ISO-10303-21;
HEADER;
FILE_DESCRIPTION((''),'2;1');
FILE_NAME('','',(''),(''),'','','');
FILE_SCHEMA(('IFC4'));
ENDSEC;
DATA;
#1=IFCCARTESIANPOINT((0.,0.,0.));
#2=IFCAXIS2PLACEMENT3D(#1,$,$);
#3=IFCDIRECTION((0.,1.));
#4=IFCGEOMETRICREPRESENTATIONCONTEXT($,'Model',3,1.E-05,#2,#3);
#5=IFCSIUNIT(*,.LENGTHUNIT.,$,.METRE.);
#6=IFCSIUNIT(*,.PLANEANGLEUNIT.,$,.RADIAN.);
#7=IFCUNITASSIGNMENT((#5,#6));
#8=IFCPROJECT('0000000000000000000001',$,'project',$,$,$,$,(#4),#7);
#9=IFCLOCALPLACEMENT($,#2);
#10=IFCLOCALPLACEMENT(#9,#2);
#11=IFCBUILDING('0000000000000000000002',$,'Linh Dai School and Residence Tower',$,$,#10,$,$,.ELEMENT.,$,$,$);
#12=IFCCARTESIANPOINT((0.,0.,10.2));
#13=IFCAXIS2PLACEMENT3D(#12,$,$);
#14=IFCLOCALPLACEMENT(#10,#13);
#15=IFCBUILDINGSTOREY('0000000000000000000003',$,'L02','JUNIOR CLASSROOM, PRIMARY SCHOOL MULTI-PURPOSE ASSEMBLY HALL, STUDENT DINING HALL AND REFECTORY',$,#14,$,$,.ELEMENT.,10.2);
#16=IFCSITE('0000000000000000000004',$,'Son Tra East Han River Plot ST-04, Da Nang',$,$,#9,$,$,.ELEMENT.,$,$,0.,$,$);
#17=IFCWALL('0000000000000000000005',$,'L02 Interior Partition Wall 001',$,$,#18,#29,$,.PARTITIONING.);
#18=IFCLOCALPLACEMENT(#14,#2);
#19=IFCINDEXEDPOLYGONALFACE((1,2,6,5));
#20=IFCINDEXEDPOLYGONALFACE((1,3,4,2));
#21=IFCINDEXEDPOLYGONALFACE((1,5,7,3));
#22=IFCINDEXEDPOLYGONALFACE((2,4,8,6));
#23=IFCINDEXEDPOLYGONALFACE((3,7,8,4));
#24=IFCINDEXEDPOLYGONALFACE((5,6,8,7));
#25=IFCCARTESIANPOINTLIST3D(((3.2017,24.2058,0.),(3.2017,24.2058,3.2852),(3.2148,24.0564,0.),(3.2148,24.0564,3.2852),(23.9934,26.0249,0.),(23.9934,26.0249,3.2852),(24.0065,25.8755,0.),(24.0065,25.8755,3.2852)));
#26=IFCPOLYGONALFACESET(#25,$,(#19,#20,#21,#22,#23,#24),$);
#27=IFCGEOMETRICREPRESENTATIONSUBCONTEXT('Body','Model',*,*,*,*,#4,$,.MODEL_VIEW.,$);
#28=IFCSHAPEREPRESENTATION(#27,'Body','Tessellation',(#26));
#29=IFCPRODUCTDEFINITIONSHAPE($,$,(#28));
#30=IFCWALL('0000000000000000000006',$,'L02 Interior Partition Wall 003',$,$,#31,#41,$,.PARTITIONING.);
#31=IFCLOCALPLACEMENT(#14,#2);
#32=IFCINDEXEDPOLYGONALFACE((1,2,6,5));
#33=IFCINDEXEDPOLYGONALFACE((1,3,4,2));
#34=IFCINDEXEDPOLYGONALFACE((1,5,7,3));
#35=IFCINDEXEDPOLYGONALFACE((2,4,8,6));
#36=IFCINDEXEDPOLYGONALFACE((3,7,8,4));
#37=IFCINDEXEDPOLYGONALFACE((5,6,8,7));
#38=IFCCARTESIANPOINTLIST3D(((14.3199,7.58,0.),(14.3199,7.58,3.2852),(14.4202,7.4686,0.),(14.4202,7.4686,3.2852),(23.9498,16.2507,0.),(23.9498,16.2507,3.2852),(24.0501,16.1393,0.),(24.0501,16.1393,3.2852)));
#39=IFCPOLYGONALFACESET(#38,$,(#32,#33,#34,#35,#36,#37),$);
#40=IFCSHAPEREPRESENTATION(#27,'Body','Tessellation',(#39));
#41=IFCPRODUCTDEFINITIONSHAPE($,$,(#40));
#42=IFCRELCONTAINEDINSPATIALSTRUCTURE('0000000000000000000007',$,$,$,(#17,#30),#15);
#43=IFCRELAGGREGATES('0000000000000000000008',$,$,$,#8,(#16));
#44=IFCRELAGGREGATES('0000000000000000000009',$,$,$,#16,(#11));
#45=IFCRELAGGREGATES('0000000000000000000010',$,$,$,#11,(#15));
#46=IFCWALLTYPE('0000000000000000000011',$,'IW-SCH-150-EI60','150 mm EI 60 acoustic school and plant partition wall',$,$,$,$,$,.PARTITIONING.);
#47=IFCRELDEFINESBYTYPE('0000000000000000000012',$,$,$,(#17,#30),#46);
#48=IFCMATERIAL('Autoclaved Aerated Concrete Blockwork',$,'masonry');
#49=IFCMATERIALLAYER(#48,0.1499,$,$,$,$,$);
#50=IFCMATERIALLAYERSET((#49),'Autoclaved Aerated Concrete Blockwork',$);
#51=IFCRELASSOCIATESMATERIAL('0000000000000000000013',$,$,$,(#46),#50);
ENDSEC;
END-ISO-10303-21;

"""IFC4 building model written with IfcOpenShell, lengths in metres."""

from ifc_helpers import new_model, si_unit, direction, frame, frame_2d, origin, place, context, subcontext, project, spatial, rectangle, extrude, material, layer, layer_set, type_object, element, save


model = new_model("IFC4")

# Units and contexts
model_context = context("Model", 3, precision=1e-05, world=origin(), true_north=direction((0.0, 1.0)))
body_context = subcontext(model_context, "Body", "Model", "MODEL_VIEW")
ifc_project = project(units=[si_unit("LENGTHUNIT", "METRE"), si_unit("PLANEANGLEUNIT", "RADIAN")], contexts=[model_context])

# Site, building, storey
site_placement = place(None, origin())
site = spatial("IfcSite", under=ifc_project, at=site_placement, Name="Son Tra East Han River Plot ST-04, Da Nang", CompositionType="ELEMENT", RefElevation=0.0)
building_placement = place(site_placement, origin())
building = spatial("IfcBuilding", under=site, at=building_placement, Name="Linh Dai School and Residence Tower", CompositionType="ELEMENT")
storey_placement = place(building_placement, frame((0.0, 0.0, 10.2)))
storey = spatial("IfcBuildingStorey", under=building, at=storey_placement, Name="L02", Description="JUNIOR CLASSROOM, PRIMARY SCHOOL MULTI-PURPOSE ASSEMBLY HALL, STUDENT DINING HALL AND REFECTORY", CompositionType="ELEMENT", Elevation=10.2)

# Shared definitions
ifc_material_1 = material(Name="Autoclaved Aerated Concrete Blockwork", Category="masonry")

# Walls
ifc_layer_1 = layer(ifc_material_1, 0.1499)
ifc_layer_set_1 = layer_set([ifc_layer_1], Name="Autoclaved Aerated Concrete Blockwork")
wall_type_1 = type_object("IfcWallType", Name="IW-SCH-150-EI60", Description="150 mm EI 60 acoustic school and plant partition wall", PredefinedType="PARTITIONING", material=ifc_layer_set_1)
wall_1_placement = place(storey_placement, frame((3.2083, 24.1311, 0.0), z_axis=(0.0, 0.0, 1.0), x_axis=(0.996194, 0.087158, 0.0)))
element("IfcWall", 1, at=wall_1_placement, inside=storey, type_object=wall_type_1, Name="L02 Interior Partition Wall 001", PredefinedType="PARTITIONING", context=body_context, shape_type="SweptSolid", body=[
    extrude(rectangle(XDim=20.8711, YDim=0.1499, at=frame_2d((10.4355, 0.0))), origin(), (0.0, 0.0, 1.0), 3.2852),
])
wall_2_placement = place(storey_placement, frame((14.3701, 7.5244, 0.0), z_axis=(0.0, 0.0, 1.0), x_axis=(0.74315, 0.669125, 0.0)))
element("IfcWall", 2, at=wall_2_placement, inside=storey, type_object=wall_type_1, Name="L02 Interior Partition Wall 003", PredefinedType="PARTITIONING", context=body_context, shape_type="SweptSolid", body=[
    extrude(rectangle(XDim=12.9583, YDim=0.1499, at=frame_2d((6.479, 0.0))), origin(), (0.0, 0.0, 1.0), 3.2852),
])

save(model, "model.ifc")
